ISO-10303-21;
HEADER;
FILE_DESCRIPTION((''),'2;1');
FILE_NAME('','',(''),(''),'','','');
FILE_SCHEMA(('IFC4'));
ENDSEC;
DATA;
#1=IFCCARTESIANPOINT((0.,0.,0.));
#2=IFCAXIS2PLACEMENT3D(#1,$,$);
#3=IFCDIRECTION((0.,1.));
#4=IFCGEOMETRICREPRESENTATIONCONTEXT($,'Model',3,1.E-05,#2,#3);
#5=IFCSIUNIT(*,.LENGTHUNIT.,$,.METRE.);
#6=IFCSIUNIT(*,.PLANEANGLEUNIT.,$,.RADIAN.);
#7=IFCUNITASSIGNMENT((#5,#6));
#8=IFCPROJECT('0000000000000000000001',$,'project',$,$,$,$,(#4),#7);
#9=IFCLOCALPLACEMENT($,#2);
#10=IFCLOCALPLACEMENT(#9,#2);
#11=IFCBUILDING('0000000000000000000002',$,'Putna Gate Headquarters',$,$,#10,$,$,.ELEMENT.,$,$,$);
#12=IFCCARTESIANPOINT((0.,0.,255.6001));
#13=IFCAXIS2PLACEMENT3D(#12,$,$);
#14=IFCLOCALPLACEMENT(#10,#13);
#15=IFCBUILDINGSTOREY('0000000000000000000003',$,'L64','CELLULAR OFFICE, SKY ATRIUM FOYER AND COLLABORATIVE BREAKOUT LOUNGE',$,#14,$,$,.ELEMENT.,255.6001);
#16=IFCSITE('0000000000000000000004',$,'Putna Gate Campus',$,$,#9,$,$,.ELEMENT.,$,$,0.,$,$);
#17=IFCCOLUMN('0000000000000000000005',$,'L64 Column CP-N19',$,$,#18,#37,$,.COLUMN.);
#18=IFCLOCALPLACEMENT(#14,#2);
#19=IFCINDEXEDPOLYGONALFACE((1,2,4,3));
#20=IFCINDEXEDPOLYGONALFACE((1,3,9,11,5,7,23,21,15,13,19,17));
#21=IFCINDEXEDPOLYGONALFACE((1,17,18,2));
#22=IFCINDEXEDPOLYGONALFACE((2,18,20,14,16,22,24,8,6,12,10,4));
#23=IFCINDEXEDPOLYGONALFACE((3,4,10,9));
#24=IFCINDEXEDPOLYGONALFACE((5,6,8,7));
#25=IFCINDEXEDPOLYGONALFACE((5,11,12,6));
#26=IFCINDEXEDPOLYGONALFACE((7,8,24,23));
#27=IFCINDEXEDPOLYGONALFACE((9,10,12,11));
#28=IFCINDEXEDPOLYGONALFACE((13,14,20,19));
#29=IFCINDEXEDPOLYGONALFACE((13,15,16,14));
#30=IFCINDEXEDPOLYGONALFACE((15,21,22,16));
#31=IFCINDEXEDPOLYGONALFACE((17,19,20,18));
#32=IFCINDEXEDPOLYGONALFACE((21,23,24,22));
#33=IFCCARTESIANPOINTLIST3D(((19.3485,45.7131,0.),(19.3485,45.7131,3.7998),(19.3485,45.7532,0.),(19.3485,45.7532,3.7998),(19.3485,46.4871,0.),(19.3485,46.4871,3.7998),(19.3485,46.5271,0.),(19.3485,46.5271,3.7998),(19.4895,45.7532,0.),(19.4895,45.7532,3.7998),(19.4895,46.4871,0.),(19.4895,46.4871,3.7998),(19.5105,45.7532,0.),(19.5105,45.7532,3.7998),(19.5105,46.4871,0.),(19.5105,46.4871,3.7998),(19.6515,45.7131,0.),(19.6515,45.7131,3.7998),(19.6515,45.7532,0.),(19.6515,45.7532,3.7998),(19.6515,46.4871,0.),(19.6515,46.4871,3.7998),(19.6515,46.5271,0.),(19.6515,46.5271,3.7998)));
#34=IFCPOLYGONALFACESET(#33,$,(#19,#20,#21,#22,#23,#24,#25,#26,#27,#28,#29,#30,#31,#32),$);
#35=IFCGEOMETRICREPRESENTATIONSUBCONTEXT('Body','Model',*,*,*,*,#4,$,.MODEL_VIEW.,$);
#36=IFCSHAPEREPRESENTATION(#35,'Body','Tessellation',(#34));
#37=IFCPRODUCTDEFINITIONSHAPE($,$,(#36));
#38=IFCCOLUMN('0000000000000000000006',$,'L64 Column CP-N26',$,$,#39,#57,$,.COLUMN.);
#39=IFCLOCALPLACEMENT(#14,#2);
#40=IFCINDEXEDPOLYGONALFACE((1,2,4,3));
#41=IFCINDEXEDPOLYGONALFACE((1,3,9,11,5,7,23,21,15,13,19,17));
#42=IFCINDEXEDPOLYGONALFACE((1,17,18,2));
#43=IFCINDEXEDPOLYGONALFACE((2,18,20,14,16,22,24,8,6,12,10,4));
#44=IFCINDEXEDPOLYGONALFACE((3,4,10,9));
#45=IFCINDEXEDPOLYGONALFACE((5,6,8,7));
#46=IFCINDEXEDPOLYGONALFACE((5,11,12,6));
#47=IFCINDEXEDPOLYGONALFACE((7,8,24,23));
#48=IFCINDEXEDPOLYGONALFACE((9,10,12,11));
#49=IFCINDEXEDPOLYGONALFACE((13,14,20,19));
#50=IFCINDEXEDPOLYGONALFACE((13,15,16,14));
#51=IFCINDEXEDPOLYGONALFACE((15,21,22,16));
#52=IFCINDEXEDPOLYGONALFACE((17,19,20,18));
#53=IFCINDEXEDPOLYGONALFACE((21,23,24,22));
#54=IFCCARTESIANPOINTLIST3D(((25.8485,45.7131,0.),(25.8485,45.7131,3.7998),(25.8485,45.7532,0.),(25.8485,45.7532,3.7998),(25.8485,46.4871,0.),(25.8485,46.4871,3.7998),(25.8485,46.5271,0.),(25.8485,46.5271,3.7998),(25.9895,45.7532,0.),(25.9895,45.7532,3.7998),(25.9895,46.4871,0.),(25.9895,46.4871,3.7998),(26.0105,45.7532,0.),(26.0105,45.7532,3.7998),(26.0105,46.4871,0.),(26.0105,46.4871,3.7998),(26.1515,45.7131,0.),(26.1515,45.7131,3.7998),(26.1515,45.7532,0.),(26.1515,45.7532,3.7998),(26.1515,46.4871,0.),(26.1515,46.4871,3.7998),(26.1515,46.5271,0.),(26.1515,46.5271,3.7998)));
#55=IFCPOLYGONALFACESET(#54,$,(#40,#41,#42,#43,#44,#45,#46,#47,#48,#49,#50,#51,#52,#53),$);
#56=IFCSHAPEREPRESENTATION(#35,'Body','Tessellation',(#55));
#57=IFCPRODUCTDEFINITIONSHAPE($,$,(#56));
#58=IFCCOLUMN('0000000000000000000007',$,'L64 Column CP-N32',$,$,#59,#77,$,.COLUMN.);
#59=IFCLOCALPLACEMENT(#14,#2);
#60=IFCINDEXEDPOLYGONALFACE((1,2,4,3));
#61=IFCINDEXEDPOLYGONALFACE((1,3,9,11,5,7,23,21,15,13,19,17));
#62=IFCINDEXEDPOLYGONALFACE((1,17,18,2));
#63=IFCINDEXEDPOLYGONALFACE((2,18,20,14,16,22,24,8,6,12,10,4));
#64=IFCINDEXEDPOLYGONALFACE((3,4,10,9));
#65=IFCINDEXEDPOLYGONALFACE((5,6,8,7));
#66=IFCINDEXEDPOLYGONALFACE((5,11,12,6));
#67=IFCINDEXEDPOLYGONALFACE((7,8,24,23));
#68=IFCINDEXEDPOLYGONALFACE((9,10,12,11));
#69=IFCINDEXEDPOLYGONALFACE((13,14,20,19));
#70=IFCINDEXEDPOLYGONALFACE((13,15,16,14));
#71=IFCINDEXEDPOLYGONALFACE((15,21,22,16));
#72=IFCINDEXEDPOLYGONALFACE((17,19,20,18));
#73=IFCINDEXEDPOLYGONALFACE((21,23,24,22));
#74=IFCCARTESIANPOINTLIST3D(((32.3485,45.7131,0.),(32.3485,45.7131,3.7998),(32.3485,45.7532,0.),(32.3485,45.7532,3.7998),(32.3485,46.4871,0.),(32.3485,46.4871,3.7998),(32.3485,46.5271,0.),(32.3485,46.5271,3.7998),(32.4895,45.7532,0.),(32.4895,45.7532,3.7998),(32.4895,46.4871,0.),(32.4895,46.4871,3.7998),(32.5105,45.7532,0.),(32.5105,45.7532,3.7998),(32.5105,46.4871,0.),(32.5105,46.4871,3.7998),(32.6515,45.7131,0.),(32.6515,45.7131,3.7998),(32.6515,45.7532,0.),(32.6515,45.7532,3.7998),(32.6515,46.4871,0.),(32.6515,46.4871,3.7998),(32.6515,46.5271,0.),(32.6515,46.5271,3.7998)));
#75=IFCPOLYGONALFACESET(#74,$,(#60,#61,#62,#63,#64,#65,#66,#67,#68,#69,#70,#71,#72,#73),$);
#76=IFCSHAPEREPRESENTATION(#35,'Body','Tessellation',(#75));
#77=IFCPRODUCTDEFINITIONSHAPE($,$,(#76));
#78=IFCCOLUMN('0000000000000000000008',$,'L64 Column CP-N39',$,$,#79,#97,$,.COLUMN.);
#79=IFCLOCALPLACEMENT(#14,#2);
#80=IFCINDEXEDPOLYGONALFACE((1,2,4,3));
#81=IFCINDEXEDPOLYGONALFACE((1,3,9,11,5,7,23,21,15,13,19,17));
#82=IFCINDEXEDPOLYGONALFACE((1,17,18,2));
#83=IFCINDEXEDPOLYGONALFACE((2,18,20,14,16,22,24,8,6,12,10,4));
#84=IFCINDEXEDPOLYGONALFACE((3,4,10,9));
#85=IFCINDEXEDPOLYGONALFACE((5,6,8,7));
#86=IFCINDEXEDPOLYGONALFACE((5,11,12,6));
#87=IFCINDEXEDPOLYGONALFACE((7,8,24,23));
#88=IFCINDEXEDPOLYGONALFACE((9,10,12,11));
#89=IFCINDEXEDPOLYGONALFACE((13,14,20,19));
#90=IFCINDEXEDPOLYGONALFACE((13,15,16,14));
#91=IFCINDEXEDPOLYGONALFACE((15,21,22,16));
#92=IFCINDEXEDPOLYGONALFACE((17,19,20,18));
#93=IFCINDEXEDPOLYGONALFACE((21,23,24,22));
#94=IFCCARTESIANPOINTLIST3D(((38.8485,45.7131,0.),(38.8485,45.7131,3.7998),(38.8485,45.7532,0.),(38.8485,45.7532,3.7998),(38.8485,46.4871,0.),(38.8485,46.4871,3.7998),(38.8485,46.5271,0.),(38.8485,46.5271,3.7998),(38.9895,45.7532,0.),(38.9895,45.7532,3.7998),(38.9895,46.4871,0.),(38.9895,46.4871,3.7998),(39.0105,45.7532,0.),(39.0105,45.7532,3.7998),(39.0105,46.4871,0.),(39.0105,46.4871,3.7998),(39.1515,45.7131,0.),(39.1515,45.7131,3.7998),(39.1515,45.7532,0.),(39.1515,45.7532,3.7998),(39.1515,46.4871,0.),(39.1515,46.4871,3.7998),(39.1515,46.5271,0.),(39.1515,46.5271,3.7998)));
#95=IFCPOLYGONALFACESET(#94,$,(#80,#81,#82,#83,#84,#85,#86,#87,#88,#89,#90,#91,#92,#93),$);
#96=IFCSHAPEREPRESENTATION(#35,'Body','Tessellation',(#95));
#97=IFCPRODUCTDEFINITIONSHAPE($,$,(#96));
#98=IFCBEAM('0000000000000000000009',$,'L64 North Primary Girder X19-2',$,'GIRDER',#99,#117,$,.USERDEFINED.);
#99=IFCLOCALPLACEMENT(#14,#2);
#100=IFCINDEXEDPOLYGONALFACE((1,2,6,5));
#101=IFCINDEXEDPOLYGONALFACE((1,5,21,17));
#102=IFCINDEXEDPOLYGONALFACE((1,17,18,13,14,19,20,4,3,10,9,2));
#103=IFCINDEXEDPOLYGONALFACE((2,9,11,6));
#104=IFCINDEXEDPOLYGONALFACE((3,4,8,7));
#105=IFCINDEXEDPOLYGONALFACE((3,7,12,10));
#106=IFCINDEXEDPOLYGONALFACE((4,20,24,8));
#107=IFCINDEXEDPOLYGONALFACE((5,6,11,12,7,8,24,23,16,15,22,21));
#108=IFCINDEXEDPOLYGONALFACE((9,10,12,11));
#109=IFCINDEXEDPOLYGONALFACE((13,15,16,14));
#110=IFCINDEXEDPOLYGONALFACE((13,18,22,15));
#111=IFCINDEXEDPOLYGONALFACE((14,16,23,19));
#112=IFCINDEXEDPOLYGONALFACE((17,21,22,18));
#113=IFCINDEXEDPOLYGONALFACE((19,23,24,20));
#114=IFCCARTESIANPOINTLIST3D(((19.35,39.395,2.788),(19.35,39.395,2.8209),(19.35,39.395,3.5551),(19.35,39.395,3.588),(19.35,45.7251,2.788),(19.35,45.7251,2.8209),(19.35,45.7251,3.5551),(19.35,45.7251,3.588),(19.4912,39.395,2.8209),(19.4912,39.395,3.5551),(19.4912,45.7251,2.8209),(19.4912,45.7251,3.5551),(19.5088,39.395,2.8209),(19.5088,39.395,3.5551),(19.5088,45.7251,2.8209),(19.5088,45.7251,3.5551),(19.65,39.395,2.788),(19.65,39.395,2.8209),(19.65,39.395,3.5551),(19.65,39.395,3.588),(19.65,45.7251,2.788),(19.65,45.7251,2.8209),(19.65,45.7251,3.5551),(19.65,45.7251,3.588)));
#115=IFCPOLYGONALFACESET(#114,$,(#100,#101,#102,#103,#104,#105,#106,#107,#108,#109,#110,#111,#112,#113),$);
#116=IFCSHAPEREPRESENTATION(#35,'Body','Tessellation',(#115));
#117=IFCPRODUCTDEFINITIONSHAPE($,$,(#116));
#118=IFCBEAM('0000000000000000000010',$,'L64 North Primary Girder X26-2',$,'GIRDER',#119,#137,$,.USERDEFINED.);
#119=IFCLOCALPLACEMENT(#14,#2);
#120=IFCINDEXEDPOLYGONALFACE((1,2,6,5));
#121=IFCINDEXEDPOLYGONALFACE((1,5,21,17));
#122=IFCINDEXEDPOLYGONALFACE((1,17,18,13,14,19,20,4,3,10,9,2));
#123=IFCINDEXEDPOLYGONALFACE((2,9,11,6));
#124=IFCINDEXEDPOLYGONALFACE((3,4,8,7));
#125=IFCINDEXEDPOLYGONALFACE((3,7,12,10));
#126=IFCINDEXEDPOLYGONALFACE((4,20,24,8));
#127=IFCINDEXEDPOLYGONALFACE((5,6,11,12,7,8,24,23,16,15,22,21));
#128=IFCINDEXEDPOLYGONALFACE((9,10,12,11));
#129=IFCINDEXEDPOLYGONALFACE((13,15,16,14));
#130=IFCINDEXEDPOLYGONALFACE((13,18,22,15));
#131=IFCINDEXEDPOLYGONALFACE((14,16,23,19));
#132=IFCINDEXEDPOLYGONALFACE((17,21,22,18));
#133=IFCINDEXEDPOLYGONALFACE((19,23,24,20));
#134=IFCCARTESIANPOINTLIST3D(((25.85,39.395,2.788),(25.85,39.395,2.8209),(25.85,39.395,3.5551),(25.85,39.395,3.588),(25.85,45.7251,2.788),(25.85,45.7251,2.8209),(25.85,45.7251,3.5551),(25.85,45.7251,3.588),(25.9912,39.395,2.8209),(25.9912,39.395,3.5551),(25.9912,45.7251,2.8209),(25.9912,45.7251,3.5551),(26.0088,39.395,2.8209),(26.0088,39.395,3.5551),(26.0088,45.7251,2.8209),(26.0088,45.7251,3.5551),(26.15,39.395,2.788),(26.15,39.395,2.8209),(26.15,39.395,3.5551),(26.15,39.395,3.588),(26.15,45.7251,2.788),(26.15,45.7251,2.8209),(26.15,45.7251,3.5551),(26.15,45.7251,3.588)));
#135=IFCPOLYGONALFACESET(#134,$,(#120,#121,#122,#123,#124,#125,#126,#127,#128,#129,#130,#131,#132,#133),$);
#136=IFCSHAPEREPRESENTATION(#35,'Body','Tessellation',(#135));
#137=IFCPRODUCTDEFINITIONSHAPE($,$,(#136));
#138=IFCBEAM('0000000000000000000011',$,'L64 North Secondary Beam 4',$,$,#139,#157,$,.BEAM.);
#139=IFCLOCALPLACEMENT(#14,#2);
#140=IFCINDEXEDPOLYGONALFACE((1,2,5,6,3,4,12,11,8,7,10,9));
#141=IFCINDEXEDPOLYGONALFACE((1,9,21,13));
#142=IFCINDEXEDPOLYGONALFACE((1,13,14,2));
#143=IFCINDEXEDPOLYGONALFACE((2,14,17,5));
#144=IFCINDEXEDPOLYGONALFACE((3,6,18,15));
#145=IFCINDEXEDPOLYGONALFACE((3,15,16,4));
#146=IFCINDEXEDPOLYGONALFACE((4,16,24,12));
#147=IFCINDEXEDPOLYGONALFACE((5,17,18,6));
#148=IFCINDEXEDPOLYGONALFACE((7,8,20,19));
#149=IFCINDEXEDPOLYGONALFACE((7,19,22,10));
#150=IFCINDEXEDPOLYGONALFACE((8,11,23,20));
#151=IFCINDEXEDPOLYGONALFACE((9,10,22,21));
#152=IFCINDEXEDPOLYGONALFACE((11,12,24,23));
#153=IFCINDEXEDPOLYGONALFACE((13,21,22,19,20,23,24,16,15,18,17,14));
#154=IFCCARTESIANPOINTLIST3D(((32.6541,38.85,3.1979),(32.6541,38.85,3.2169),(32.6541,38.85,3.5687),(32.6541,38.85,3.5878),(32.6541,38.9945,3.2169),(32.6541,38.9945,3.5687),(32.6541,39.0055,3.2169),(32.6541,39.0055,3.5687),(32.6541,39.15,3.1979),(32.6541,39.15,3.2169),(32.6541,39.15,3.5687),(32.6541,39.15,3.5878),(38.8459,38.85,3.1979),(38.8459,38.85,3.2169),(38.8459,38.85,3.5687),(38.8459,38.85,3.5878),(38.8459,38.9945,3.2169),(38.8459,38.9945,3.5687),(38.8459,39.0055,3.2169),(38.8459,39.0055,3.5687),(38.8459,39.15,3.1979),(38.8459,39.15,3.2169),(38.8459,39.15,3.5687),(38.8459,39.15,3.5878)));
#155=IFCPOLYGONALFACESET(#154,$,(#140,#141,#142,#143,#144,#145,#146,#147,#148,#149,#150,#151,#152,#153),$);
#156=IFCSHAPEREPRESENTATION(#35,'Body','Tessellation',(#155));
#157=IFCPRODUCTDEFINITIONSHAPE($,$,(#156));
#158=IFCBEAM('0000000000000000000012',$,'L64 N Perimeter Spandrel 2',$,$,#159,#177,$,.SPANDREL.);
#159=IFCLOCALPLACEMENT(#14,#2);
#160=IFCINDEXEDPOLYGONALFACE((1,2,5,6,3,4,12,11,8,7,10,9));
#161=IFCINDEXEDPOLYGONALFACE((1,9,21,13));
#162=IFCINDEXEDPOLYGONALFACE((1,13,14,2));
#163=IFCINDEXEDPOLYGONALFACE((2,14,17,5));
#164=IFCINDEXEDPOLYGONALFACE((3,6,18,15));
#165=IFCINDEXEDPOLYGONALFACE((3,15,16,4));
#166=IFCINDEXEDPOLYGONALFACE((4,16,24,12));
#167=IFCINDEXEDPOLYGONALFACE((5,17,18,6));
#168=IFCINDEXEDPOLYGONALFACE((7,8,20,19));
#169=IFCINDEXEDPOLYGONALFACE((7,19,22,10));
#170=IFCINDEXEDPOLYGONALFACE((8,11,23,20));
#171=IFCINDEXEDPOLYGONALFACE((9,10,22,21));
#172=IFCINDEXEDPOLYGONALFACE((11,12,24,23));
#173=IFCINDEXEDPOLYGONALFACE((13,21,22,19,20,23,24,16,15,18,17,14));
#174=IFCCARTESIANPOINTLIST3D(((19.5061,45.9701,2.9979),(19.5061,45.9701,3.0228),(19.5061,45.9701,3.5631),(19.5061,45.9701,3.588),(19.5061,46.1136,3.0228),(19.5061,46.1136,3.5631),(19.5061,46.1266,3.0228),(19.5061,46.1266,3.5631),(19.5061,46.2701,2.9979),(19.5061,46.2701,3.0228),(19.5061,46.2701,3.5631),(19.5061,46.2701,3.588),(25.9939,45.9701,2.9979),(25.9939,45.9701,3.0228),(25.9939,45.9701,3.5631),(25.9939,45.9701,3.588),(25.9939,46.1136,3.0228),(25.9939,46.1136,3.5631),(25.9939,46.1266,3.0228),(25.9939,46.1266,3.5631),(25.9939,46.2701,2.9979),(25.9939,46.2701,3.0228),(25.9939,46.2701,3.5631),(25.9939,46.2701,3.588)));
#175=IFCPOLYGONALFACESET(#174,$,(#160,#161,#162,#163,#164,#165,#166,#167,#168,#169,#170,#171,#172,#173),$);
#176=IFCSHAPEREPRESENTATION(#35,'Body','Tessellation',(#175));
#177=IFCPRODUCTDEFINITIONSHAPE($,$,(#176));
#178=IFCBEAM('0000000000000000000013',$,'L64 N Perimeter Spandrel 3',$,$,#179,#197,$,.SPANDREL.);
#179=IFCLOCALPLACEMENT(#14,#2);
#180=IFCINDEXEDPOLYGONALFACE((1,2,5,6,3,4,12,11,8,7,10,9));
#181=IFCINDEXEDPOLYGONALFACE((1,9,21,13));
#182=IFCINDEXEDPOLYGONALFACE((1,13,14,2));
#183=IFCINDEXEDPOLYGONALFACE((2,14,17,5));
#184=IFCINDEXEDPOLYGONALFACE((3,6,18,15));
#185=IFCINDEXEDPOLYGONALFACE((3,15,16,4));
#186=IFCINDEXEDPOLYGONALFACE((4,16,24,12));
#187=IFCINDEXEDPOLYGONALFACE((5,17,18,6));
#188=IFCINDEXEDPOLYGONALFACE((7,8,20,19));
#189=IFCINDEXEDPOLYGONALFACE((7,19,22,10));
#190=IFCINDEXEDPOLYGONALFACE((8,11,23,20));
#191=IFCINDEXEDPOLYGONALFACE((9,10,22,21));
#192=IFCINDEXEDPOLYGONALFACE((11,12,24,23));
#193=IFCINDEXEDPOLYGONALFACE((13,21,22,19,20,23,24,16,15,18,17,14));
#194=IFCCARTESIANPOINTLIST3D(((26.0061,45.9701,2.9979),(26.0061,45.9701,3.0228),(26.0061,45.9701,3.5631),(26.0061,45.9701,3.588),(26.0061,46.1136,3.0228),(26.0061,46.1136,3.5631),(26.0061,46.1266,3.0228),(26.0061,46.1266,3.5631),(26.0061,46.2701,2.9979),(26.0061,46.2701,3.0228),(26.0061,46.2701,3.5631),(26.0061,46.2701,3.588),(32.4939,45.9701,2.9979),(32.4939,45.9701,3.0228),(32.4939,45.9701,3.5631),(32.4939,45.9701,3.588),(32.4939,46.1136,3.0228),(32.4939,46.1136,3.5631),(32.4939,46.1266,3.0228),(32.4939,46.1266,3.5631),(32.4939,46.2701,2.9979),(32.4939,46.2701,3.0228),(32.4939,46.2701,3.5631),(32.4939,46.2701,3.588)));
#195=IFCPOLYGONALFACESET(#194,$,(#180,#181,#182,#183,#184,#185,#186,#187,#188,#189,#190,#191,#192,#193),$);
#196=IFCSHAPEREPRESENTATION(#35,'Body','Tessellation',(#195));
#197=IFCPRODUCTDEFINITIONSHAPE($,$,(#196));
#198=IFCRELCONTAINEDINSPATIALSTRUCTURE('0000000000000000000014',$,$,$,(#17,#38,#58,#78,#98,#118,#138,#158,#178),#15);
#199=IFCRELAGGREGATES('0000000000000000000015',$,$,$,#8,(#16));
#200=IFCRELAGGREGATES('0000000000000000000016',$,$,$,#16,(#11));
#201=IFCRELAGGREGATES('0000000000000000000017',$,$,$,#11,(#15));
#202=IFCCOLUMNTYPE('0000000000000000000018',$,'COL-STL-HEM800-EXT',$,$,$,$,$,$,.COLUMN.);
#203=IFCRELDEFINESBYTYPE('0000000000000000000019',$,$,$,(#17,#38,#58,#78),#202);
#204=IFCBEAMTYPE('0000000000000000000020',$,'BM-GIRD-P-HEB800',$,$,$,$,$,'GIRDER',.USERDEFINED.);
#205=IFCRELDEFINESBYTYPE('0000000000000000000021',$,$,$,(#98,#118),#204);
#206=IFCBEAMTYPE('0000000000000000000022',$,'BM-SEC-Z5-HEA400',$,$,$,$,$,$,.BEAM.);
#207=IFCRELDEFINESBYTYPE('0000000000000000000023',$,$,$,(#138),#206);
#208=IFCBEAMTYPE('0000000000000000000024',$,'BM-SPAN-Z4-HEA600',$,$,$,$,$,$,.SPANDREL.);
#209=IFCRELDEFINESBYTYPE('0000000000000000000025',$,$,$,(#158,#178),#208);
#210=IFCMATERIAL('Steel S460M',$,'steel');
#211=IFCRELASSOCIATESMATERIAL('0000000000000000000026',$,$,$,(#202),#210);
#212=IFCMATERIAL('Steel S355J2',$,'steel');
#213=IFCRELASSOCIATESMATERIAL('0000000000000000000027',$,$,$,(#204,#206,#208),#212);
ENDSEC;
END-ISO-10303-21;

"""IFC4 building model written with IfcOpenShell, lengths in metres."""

from ifc_helpers import new_model, si_unit, direction, frame, origin, origin_2d, place, context, subcontext, project, spatial, i_section, extrude, material, material_profile, profile_set, type_object, element, save


model = new_model("IFC4")

# Units and contexts
model_context = context("Model", 3, precision=1e-05, world=origin(), true_north=direction((0.0, 1.0)))
body_context = subcontext(model_context, "Body", "Model", "MODEL_VIEW")
ifc_project = project(units=[si_unit("LENGTHUNIT", "METRE"), si_unit("PLANEANGLEUNIT", "RADIAN")], contexts=[model_context])

# Site, building, storey
site_placement = place(None, origin())
site = spatial("IfcSite", under=ifc_project, at=site_placement, Name="Putna Gate Campus", CompositionType="ELEMENT", RefElevation=0.0)
building_placement = place(site_placement, origin())
building = spatial("IfcBuilding", under=site, at=building_placement, Name="Putna Gate Headquarters", CompositionType="ELEMENT")
storey_placement = place(building_placement, frame((0.0, 0.0, 255.6001)))
storey = spatial("IfcBuildingStorey", under=building, at=storey_placement, Name="L64", Description="CELLULAR OFFICE, SKY ATRIUM FOYER AND COLLABORATIVE BREAKOUT LOUNGE", CompositionType="ELEMENT", Elevation=255.6001)

# Columns
ifc_material_1 = material(Name="Steel S460M", Category="steel")
ifc_material_profile_1 = material_profile(ifc_material_1, i_section(OverallWidth=0.303, OverallDepth=0.814, WebThickness=0.021, FlangeThickness=0.04, at=origin_2d()), Name="Steel S460M")
ifc_profile_set_1 = profile_set([ifc_material_profile_1], Name="Steel S460M")
column_type = type_object("IfcColumnType", Name="COL-STL-HEM800-EXT", PredefinedType="COLUMN", material=ifc_profile_set_1)
for number, where, z_axis, x_axis, name in (
    (1, (19.5, 46.1201, 0.0), (0.0, 0.0, 1.0), (1.0, 0.0, 0.0), "L64 Column CP-N19"),
    (2, (26.0, 46.1201, 0.0), (0.0, 0.0, 1.0), (1.0, 0.0, 0.0), "L64 Column CP-N26"),
    (3, (32.5, 46.1201, 0.0), (0.0, 0.0, 1.0), (1.0, 0.0, 0.0), "L64 Column CP-N32"),
    (4, (39.0, 46.1201, 0.0), (0.0, 0.0, 1.0), (1.0, 0.0, 0.0), "L64 Column CP-N39"),
):
    element("IfcColumn", number, at=place(storey_placement, frame(where, z_axis=z_axis, x_axis=x_axis)), inside=storey, type_object=column_type, Name=name, PredefinedType="COLUMN", context=body_context, shape_type="SweptSolid", body=[
        extrude(i_section(OverallWidth=0.303, OverallDepth=0.814, WebThickness=0.021, FlangeThickness=0.04, at=origin_2d()), origin(), (0.0, 0.0, 1.0), 3.7998),
    ])

# Beams
ifc_material_2 = material(Name="Steel S355J2", Category="steel")
ifc_material_profile_2 = material_profile(ifc_material_2, i_section(OverallWidth=0.3, OverallDepth=0.8, WebThickness=0.0176, FlangeThickness=0.033, at=origin_2d()), Name="Steel S355J2")
ifc_profile_set_2 = profile_set([ifc_material_profile_2], Name="Steel S355J2")
beam_type_1 = type_object("IfcBeamType", Name="BM-GIRD-P-HEB800", ElementType="GIRDER", PredefinedType="USERDEFINED", material=ifc_profile_set_2)
for number, where, z_axis, x_axis, name in (
    (5, (19.5, 39.395, 3.188), (0.0, 1.0, 0.0), (-1.0, 0.0, 0.0), "L64 North Primary Girder X19-2"),
    (6, (26.0, 39.395, 3.188), (0.0, 1.0, 0.0), (-1.0, 0.0, 0.0), "L64 North Primary Girder X26-2"),
):
    element("IfcBeam", number, at=place(storey_placement, frame(where, z_axis=z_axis, x_axis=x_axis)), inside=storey, type_object=beam_type_1, Name=name, ObjectType="GIRDER", PredefinedType="USERDEFINED", context=body_context, shape_type="SweptSolid", body=[
        extrude(i_section(OverallWidth=0.3, OverallDepth=0.8, WebThickness=0.0176, FlangeThickness=0.033, at=origin_2d()), origin(), (0.0, 0.0, 1.0), 6.3301),
    ])
ifc_material_profile_3 = material_profile(ifc_material_2, i_section(OverallWidth=0.3, OverallDepth=0.3899, WebThickness=0.011, FlangeThickness=0.019, at=origin_2d()), Name="Steel S355J2")
ifc_profile_set_3 = profile_set([ifc_material_profile_3], Name="Steel S355J2")
beam_type_2 = type_object("IfcBeamType", Name="BM-SEC-Z5-HEA400", PredefinedType="BEAM", material=ifc_profile_set_3)
beam_placement = place(storey_placement, frame((32.6541, 39.0, 3.3928), z_axis=(1.0, 0.0, 0.0), x_axis=(0.0, 1.0, 0.0)))
element("IfcBeam", 7, at=beam_placement, inside=storey, type_object=beam_type_2, Name="L64 North Secondary Beam 4", PredefinedType="BEAM", context=body_context, shape_type="SweptSolid", body=[
    extrude(i_section(OverallWidth=0.3, OverallDepth=0.3899, WebThickness=0.011, FlangeThickness=0.019, at=origin_2d()), origin(), (0.0, 0.0, 1.0), 6.1919),
])
ifc_material_profile_4 = material_profile(ifc_material_2, i_section(OverallWidth=0.3, OverallDepth=0.5901, WebThickness=0.0129, FlangeThickness=0.0249, at=origin_2d()), Name="Steel S355J2")
ifc_profile_set_4 = profile_set([ifc_material_profile_4], Name="Steel S355J2")
beam_type_3 = type_object("IfcBeamType", Name="BM-SPAN-Z4-HEA600", PredefinedType="SPANDREL", material=ifc_profile_set_4)
for number, where, z_axis, x_axis, name in (
    (8, (19.5061, 46.1201, 3.293), (1.0, 0.0, 0.0), (0.0, 1.0, 0.0), "L64 N Perimeter Spandrel 2"),
    (9, (26.0061, 46.1201, 3.293), (1.0, 0.0, 0.0), (0.0, 1.0, 0.0), "L64 N Perimeter Spandrel 3"),
):
    element("IfcBeam", number, at=place(storey_placement, frame(where, z_axis=z_axis, x_axis=x_axis)), inside=storey, type_object=beam_type_3, Name=name, PredefinedType="SPANDREL", context=body_context, shape_type="SweptSolid", body=[
        extrude(i_section(OverallWidth=0.3, OverallDepth=0.5901, WebThickness=0.0129, FlangeThickness=0.0249, at=origin_2d()), origin(), (0.0, 0.0, 1.0), 6.4878),
    ])

save(model, "model.ifc")
